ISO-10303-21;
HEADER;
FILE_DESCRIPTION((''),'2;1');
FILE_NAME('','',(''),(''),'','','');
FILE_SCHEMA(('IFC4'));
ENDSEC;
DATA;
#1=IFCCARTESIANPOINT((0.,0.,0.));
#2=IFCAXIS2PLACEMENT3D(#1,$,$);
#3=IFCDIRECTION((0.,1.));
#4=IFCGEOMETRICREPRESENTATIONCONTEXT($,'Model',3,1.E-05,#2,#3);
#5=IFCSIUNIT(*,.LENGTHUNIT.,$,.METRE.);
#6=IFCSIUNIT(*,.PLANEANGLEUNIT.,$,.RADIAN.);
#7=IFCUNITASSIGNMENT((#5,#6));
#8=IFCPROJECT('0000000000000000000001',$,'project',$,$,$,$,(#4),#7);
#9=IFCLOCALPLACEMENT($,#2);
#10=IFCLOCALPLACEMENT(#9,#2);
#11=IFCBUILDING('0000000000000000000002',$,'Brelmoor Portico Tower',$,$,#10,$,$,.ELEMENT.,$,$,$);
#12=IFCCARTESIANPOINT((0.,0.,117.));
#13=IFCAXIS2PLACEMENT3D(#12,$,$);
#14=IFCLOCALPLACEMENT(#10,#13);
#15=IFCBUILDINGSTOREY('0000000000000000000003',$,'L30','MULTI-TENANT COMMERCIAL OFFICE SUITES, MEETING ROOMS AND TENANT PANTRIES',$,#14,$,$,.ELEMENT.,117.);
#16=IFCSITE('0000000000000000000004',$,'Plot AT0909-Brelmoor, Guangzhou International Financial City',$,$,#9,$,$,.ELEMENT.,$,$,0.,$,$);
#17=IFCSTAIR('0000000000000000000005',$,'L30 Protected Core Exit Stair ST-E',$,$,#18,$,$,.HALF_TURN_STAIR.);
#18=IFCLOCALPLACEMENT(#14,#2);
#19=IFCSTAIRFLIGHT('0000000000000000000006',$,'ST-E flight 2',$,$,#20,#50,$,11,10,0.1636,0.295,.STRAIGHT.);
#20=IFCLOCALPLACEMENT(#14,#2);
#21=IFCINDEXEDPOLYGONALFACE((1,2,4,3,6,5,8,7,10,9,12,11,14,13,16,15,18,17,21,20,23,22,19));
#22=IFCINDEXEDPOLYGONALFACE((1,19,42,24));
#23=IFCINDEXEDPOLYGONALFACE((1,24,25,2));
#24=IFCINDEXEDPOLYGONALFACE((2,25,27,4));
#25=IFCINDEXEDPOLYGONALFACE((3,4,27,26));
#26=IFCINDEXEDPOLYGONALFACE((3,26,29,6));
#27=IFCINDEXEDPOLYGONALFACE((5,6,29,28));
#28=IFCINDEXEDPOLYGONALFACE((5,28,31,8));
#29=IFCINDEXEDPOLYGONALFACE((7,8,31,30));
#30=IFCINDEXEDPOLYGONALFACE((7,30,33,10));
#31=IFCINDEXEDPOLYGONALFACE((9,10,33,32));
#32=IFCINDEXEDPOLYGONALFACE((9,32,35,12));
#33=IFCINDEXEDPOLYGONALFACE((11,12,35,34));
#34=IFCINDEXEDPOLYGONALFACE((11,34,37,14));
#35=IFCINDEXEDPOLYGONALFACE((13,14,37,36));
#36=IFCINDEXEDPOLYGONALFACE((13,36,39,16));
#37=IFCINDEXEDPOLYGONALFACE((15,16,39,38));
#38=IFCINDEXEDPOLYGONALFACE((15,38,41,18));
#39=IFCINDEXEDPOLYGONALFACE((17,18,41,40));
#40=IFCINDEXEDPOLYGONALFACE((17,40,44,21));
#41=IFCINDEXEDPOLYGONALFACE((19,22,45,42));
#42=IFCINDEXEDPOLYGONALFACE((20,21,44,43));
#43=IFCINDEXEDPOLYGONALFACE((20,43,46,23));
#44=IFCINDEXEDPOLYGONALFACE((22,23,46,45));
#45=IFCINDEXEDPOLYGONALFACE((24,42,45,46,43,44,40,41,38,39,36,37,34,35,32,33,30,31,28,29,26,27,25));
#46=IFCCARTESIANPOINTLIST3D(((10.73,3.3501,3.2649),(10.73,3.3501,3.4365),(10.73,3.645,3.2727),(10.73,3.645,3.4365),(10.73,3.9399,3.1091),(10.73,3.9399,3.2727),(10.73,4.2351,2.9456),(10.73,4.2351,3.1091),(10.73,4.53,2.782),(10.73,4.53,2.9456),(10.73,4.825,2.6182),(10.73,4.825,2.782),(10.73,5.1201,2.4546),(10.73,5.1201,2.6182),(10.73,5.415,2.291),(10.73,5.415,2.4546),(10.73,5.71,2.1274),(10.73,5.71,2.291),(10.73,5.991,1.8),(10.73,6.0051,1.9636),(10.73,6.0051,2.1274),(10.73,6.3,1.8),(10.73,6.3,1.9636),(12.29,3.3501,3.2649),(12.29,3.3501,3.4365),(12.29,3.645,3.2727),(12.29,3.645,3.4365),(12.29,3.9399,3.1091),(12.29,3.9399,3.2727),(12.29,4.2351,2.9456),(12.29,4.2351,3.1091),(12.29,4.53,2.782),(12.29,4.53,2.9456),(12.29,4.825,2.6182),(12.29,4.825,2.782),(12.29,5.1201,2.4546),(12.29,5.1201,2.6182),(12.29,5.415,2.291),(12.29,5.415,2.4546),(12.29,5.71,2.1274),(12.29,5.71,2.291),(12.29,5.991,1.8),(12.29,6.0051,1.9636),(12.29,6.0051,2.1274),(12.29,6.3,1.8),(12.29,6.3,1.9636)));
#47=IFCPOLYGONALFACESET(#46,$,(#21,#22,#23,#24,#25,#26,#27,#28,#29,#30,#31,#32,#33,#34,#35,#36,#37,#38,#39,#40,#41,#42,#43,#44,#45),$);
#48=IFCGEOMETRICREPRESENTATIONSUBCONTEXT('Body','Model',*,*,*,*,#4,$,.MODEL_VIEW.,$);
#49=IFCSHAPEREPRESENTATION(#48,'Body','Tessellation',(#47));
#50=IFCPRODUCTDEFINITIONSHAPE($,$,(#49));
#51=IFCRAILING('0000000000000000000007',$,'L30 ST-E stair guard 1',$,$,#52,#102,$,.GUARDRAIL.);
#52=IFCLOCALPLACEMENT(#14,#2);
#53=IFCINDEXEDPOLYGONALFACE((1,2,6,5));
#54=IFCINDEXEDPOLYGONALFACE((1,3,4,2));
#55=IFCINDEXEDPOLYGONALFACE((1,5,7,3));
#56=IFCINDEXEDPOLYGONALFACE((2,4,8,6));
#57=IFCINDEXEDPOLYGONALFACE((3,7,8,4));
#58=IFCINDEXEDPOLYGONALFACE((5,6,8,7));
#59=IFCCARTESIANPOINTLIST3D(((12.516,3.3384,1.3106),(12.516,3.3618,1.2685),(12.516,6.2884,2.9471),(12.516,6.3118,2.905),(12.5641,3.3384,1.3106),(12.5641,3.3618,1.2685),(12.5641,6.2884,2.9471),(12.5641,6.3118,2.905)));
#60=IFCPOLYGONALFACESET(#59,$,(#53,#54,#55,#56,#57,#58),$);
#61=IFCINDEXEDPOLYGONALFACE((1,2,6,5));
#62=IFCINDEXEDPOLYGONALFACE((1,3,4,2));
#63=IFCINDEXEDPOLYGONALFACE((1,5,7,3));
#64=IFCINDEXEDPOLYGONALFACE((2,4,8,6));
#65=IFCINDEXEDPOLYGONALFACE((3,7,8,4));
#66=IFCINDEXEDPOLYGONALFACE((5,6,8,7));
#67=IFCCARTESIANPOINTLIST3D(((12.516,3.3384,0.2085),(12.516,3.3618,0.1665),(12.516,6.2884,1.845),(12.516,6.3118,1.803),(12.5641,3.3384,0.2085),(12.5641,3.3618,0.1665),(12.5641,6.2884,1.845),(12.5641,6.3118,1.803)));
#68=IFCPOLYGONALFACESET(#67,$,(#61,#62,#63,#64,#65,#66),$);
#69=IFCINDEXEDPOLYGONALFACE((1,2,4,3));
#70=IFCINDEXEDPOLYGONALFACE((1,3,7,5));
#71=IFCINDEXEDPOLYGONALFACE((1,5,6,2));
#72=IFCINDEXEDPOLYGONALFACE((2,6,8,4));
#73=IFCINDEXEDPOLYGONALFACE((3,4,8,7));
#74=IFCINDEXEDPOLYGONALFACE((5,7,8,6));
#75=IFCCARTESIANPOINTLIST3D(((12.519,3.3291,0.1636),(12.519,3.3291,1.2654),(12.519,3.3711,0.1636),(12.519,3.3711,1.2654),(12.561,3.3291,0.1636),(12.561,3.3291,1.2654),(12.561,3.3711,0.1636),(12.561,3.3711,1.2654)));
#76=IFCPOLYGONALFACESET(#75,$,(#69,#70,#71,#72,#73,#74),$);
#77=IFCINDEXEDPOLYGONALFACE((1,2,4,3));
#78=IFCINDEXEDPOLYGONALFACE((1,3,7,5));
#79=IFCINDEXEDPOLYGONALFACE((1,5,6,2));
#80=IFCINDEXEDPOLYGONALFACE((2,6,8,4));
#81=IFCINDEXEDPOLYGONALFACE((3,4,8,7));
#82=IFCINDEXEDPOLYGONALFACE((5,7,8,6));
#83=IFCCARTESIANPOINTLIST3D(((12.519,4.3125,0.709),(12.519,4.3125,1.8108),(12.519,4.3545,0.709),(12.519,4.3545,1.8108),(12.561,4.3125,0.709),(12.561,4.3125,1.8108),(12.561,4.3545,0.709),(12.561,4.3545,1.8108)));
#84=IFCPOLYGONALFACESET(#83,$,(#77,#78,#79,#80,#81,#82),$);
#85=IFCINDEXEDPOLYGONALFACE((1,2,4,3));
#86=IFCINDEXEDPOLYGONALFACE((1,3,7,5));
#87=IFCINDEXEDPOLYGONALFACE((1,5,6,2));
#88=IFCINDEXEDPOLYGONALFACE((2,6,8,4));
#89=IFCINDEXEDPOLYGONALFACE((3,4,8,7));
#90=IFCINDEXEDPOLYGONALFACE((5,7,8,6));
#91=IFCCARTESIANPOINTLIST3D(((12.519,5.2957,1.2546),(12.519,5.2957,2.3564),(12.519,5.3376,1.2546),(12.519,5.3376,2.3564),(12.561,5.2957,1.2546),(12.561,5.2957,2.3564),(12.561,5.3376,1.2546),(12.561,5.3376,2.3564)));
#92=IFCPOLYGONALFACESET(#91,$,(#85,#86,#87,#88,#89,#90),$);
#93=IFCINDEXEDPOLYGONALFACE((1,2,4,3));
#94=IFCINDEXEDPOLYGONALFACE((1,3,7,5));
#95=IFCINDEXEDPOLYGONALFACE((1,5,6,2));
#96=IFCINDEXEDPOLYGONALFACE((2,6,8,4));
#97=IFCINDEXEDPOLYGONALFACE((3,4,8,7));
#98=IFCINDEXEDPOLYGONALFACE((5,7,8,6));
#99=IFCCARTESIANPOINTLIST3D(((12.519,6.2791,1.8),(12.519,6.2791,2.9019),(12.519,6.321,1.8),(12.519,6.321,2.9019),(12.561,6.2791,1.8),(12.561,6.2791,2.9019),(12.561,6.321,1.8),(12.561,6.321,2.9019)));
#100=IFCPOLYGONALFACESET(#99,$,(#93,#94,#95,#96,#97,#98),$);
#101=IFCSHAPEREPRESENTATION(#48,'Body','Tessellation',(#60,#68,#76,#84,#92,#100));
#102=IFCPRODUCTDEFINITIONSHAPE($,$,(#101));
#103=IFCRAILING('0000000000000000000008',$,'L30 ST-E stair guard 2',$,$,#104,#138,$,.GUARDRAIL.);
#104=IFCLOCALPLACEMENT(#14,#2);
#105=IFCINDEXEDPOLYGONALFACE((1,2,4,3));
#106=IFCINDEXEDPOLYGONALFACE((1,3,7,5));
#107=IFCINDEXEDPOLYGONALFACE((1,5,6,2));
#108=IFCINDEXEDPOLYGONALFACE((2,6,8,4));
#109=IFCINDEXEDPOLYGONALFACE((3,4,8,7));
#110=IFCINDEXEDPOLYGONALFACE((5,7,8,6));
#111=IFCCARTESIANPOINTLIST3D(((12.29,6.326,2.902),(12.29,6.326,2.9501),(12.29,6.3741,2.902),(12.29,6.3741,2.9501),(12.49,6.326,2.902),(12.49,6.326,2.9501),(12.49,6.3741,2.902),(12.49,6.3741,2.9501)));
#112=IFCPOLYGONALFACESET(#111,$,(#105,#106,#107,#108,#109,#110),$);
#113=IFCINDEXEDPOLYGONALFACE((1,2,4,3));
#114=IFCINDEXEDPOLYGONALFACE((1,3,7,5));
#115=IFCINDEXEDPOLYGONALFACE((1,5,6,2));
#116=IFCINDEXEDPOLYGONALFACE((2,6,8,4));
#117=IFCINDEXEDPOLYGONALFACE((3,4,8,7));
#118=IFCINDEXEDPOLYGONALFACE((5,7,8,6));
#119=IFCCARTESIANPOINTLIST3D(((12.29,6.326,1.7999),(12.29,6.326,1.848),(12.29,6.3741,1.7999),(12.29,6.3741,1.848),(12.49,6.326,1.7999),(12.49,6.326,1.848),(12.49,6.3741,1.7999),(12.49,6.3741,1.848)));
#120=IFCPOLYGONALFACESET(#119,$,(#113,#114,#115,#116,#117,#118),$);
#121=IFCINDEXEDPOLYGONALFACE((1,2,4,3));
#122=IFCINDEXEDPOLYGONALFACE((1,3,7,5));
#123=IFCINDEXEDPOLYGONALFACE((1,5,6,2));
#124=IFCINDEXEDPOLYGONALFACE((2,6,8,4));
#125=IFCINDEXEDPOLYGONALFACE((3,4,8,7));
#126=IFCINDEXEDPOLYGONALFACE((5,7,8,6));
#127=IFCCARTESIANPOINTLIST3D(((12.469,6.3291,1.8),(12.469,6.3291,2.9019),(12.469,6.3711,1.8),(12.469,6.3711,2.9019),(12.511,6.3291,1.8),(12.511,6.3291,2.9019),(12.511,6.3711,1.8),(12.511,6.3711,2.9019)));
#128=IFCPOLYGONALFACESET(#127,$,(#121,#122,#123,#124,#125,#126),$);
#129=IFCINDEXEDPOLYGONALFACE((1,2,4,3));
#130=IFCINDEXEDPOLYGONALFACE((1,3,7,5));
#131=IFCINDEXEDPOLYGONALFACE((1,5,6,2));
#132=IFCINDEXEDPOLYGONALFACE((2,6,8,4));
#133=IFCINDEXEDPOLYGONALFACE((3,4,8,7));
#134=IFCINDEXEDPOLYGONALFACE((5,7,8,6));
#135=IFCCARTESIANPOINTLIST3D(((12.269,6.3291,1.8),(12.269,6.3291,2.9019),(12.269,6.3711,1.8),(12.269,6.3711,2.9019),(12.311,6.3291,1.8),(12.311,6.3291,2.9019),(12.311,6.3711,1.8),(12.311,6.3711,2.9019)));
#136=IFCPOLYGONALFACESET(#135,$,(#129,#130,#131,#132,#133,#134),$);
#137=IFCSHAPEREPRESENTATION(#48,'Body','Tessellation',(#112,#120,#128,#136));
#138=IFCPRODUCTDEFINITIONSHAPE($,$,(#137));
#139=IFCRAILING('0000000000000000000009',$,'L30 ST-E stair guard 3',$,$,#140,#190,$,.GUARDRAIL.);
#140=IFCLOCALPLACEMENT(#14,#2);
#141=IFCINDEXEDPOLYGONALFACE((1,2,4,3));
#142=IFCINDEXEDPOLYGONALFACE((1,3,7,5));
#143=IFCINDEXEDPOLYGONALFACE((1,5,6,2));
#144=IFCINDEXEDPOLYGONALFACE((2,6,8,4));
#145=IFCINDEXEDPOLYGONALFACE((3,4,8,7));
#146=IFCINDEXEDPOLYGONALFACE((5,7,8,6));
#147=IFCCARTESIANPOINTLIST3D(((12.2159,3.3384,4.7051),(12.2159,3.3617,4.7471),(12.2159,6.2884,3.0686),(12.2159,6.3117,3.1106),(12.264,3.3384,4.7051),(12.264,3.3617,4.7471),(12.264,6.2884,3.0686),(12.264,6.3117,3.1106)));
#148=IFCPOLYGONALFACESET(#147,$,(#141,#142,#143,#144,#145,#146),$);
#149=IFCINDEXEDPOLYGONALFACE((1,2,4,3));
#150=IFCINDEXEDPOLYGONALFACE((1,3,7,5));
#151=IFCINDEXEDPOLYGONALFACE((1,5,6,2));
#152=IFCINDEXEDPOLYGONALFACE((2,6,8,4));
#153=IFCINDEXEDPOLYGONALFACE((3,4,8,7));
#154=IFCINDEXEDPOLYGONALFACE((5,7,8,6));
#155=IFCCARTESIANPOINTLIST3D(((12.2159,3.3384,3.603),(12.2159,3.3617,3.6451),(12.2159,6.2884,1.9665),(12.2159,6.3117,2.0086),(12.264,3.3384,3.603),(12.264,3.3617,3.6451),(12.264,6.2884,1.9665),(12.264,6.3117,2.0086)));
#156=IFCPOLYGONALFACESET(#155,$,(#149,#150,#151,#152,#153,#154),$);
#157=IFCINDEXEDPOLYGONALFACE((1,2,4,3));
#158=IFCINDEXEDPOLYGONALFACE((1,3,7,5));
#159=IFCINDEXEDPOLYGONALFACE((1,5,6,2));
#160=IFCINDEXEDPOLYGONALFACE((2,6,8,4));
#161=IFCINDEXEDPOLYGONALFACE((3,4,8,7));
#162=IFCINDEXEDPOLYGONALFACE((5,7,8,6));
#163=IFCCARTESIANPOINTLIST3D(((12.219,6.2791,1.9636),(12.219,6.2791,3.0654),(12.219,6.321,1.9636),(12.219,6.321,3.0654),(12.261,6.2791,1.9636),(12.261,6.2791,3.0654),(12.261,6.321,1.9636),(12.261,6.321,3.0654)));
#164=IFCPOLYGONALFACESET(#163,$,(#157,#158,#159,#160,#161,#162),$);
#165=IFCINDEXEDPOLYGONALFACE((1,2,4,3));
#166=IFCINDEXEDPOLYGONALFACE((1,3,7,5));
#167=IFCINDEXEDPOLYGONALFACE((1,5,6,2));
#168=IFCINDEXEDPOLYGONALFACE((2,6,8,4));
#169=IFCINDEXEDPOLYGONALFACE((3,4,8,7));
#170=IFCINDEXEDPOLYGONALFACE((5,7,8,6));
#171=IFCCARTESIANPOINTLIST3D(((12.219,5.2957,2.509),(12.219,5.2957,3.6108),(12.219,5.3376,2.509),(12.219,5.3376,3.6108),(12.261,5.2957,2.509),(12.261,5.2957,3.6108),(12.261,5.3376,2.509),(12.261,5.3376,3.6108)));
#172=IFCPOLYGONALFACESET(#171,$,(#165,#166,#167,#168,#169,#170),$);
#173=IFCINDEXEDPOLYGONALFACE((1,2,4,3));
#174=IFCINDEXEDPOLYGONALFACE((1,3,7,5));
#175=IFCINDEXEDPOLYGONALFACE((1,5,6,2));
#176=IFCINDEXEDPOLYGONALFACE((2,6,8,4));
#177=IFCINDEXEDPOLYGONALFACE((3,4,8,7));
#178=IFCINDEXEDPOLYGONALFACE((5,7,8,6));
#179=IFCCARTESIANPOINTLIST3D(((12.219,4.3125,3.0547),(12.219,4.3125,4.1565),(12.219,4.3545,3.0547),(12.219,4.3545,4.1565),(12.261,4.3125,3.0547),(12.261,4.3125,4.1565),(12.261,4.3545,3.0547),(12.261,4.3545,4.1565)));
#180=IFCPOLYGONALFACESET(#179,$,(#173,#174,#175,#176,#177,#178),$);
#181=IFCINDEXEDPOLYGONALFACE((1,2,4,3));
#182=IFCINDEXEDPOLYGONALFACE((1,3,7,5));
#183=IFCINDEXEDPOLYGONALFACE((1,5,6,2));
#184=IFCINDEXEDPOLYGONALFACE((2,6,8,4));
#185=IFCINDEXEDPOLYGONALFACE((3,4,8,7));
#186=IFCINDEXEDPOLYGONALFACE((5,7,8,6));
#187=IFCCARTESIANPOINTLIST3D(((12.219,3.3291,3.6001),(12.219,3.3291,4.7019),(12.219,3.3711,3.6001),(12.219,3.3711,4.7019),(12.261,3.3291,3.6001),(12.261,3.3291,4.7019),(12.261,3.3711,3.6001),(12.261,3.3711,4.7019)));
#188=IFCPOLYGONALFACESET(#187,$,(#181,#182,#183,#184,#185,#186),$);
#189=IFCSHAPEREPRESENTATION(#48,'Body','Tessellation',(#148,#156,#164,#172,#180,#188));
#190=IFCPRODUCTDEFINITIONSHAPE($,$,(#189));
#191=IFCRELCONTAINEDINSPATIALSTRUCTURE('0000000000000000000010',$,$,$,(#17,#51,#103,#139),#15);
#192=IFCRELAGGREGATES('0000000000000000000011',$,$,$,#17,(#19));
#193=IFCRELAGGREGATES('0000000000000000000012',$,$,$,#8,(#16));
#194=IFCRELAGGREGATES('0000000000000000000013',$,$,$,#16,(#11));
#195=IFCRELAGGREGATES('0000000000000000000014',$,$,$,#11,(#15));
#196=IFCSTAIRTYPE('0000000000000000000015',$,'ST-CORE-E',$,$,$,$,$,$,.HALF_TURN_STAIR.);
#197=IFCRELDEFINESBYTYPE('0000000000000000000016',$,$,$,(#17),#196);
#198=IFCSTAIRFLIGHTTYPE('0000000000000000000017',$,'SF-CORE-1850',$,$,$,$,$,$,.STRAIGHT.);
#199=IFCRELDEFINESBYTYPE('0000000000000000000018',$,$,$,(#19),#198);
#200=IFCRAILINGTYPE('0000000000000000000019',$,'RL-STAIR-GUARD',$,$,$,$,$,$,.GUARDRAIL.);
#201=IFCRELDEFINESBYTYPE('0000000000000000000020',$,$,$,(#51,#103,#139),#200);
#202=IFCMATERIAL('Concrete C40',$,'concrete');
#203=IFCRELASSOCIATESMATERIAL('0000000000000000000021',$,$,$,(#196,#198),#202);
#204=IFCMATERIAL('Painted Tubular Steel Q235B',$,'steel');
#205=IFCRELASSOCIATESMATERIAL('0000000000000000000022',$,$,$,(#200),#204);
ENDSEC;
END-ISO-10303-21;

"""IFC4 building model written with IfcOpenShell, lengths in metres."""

from ifc_helpers import new_model, si_unit, direction, frame, origin, origin_2d, place, context, subcontext, project, spatial, polyline, rectangle, outline, extrude, material, type_object, element, aggregate, save


model = new_model("IFC4")

# Units and contexts
model_context = context("Model", 3, precision=1e-05, world=origin(), true_north=direction((0.0, 1.0)))
body_context = subcontext(model_context, "Body", "Model", "MODEL_VIEW")
ifc_project = project(units=[si_unit("LENGTHUNIT", "METRE"), si_unit("PLANEANGLEUNIT", "RADIAN")], contexts=[model_context])

# Site, building, storey
site_placement = place(None, origin())
site = spatial("IfcSite", under=ifc_project, at=site_placement, Name="Plot AT0909-Brelmoor, Guangzhou International Financial City", CompositionType="ELEMENT", RefElevation=0.0)
building_placement = place(site_placement, origin())
building = spatial("IfcBuilding", under=site, at=building_placement, Name="Brelmoor Portico Tower", CompositionType="ELEMENT")
storey_placement = place(building_placement, frame((0.0, 0.0, 117.0)))
storey = spatial("IfcBuildingStorey", under=building, at=storey_placement, Name="L30", Description="MULTI-TENANT COMMERCIAL OFFICE SUITES, MEETING ROOMS AND TENANT PANTRIES", CompositionType="ELEMENT", Elevation=117.0)

# Shared definitions
ifc_material_1 = material(Name="Concrete C40", Category="concrete")

# Stair, stair flight
stair_type = type_object("IfcStairType", Name="ST-CORE-E", PredefinedType="HALF_TURN_STAIR", material=ifc_material_1)
stair_placement = place(storey_placement, origin())
stair = element("IfcStair", 1, at=stair_placement, inside=storey, type_object=stair_type, Name="L30 Protected Core Exit Stair ST-E", PredefinedType="HALF_TURN_STAIR")
stair_flight_type = type_object("IfcStairFlightType", Name="SF-CORE-1850", PredefinedType="STRAIGHT", material=ifc_material_1)
stair_flight_1_placement = place(storey_placement, frame((11.51, 6.3, 1.8), z_axis=(0.0, 0.0, 1.0), x_axis=(0.0, -1.0, 0.0)))
stair_flight_1 = element("IfcStairFlight", 2, at=stair_flight_1_placement, type_object=stair_flight_type, Name="ST-E flight 2", NumberOfRisers=11, NumberOfTreads=10, PredefinedType="STRAIGHT", RiserHeight=0.1636, TreadLength=0.295, context=body_context, shape_type="SweptSolid", body=[
    extrude(outline(polyline([(0.0, 0.0), (0.0, 0.1636), (0.2949, 0.1636), (0.2949, 0.3274), (0.5901, 0.3274), (0.5901, 0.491), (0.885, 0.491), (0.885, 0.6545), (1.1799, 0.6545), (1.1799, 0.8181), (1.4751, 0.8181), (1.4751, 0.9819), (1.77, 0.9819), (1.77, 1.1455), (2.0649, 1.1455), (2.0649, 1.3091), (2.3601, 1.3091), (2.3601, 1.4727), (2.655, 1.4727), (2.655, 1.6365), (2.95, 1.6365), (2.95, 1.8), (2.95, 1.4648), (0.3091, 0.0), (0.0, 0.0)])), frame((0.0, 0.78, 0.0), z_axis=(0.0, -1.0, 0.0), x_axis=(1.0, 0.0, 0.0)), (0.0, 0.0, 1.0), 1.5601),
])
aggregate(stair, [stair_flight_1])

# Railings
ifc_material_2 = material(Name="Painted Tubular Steel Q235B", Category="steel")
railing_type_1 = type_object("IfcRailingType", Name="RL-STAIR-GUARD", PredefinedType="GUARDRAIL", material=ifc_material_2)
railing_1_placement = place(storey_placement, frame((12.54, 3.3501, 0.1636)))
element("IfcRailing", 3, at=railing_1_placement, inside=storey, type_object=railing_type_1, Name="L30 ST-E stair guard 1", PredefinedType="GUARDRAIL", context=body_context, shape_type="SweptSolid", body=[
    extrude(rectangle(XDim=0.0481, YDim=0.0481, at=origin_2d()), frame((0.0, 0.0, 1.126), z_axis=(0.0, 0.874458, 0.485102), x_axis=(-1.0, 0.0, 0.0)), (0.0, 0.0, 1.0), 3.3735),
    extrude(rectangle(XDim=0.0481, YDim=0.0481, at=origin_2d()), frame((0.0, 0.0, 0.0239), z_axis=(0.0, 0.874458, 0.485102), x_axis=(-1.0, 0.0, 0.0)), (0.0, 0.0, 1.0), 3.3735),
    extrude(rectangle(XDim=0.042, YDim=0.042, at=origin_2d()), origin(), (0.0, 0.0, 1.0), 1.1018),
    extrude(rectangle(XDim=0.042, YDim=0.042, at=origin_2d()), frame((0.0, 0.9834, 0.5454)), (0.0, 0.0, 1.0), 1.1018),
    extrude(rectangle(XDim=0.042, YDim=0.042, at=origin_2d()), frame((0.0, 1.9666, 1.0911)), (0.0, 0.0, 1.0), 1.1018),
    extrude(rectangle(XDim=0.042, YDim=0.042, at=origin_2d()), frame((0.0, 2.95, 1.6365)), (0.0, 0.0, 1.0), 1.1018),
])
railing_2_placement = place(storey_placement, frame((12.49, 6.3501, 1.8)))
element("IfcRailing", 4, at=railing_2_placement, inside=storey, type_object=railing_type_1, Name="L30 ST-E stair guard 2", PredefinedType="GUARDRAIL", context=body_context, shape_type="SweptSolid", body=[
    extrude(rectangle(XDim=0.0481, YDim=0.0481, at=origin_2d()), frame((0.0, 0.0, 1.126), z_axis=(-1.0, 0.0, 0.0), x_axis=(0.0, -1.0, 0.0)), (0.0, 0.0, 1.0), 0.2),
    extrude(rectangle(XDim=0.0481, YDim=0.0481, at=origin_2d()), frame((0.0, 0.0, 0.0239), z_axis=(-1.0, 0.0, 0.0), x_axis=(0.0, -1.0, 0.0)), (0.0, 0.0, 1.0), 0.2),
    extrude(rectangle(XDim=0.042, YDim=0.042, at=origin_2d()), origin(), (0.0, 0.0, 1.0), 1.1018),
    extrude(rectangle(XDim=0.042, YDim=0.042, at=origin_2d()), frame((-0.2, 0.0, 0.0)), (0.0, 0.0, 1.0), 1.1018),
])
railing_3_placement = place(storey_placement, frame((12.24, 6.3, 1.9636)))
element("IfcRailing", 5, at=railing_3_placement, inside=storey, type_object=railing_type_1, Name="L30 ST-E stair guard 3", PredefinedType="GUARDRAIL", context=body_context, shape_type="SweptSolid", body=[
    extrude(rectangle(XDim=0.0481, YDim=0.0481, at=origin_2d()), frame((0.0, 0.0, 1.126), z_axis=(0.0, -0.874458, 0.485102), x_axis=(1.0, 0.0, 0.0)), (0.0, 0.0, 1.0), 3.3735),
    extrude(rectangle(XDim=0.0481, YDim=0.0481, at=origin_2d()), frame((0.0, 0.0, 0.0239), z_axis=(0.0, -0.874458, 0.485102), x_axis=(1.0, 0.0, 0.0)), (0.0, 0.0, 1.0), 3.3735),
    extrude(rectangle(XDim=0.042, YDim=0.042, at=origin_2d()), origin(), (0.0, 0.0, 1.0), 1.1018),
    extrude(rectangle(XDim=0.042, YDim=0.042, at=origin_2d()), frame((0.0, -0.9834, 0.5454)), (0.0, 0.0, 1.0), 1.1018),
    extrude(rectangle(XDim=0.042, YDim=0.042, at=origin_2d()), frame((0.0, -1.9666, 1.0911)), (0.0, 0.0, 1.0), 1.1018),
    extrude(rectangle(XDim=0.042, YDim=0.042, at=origin_2d()), frame((0.0, -2.95, 1.6365)), (0.0, 0.0, 1.0), 1.1018),
])

save(model, "model.ifc")
